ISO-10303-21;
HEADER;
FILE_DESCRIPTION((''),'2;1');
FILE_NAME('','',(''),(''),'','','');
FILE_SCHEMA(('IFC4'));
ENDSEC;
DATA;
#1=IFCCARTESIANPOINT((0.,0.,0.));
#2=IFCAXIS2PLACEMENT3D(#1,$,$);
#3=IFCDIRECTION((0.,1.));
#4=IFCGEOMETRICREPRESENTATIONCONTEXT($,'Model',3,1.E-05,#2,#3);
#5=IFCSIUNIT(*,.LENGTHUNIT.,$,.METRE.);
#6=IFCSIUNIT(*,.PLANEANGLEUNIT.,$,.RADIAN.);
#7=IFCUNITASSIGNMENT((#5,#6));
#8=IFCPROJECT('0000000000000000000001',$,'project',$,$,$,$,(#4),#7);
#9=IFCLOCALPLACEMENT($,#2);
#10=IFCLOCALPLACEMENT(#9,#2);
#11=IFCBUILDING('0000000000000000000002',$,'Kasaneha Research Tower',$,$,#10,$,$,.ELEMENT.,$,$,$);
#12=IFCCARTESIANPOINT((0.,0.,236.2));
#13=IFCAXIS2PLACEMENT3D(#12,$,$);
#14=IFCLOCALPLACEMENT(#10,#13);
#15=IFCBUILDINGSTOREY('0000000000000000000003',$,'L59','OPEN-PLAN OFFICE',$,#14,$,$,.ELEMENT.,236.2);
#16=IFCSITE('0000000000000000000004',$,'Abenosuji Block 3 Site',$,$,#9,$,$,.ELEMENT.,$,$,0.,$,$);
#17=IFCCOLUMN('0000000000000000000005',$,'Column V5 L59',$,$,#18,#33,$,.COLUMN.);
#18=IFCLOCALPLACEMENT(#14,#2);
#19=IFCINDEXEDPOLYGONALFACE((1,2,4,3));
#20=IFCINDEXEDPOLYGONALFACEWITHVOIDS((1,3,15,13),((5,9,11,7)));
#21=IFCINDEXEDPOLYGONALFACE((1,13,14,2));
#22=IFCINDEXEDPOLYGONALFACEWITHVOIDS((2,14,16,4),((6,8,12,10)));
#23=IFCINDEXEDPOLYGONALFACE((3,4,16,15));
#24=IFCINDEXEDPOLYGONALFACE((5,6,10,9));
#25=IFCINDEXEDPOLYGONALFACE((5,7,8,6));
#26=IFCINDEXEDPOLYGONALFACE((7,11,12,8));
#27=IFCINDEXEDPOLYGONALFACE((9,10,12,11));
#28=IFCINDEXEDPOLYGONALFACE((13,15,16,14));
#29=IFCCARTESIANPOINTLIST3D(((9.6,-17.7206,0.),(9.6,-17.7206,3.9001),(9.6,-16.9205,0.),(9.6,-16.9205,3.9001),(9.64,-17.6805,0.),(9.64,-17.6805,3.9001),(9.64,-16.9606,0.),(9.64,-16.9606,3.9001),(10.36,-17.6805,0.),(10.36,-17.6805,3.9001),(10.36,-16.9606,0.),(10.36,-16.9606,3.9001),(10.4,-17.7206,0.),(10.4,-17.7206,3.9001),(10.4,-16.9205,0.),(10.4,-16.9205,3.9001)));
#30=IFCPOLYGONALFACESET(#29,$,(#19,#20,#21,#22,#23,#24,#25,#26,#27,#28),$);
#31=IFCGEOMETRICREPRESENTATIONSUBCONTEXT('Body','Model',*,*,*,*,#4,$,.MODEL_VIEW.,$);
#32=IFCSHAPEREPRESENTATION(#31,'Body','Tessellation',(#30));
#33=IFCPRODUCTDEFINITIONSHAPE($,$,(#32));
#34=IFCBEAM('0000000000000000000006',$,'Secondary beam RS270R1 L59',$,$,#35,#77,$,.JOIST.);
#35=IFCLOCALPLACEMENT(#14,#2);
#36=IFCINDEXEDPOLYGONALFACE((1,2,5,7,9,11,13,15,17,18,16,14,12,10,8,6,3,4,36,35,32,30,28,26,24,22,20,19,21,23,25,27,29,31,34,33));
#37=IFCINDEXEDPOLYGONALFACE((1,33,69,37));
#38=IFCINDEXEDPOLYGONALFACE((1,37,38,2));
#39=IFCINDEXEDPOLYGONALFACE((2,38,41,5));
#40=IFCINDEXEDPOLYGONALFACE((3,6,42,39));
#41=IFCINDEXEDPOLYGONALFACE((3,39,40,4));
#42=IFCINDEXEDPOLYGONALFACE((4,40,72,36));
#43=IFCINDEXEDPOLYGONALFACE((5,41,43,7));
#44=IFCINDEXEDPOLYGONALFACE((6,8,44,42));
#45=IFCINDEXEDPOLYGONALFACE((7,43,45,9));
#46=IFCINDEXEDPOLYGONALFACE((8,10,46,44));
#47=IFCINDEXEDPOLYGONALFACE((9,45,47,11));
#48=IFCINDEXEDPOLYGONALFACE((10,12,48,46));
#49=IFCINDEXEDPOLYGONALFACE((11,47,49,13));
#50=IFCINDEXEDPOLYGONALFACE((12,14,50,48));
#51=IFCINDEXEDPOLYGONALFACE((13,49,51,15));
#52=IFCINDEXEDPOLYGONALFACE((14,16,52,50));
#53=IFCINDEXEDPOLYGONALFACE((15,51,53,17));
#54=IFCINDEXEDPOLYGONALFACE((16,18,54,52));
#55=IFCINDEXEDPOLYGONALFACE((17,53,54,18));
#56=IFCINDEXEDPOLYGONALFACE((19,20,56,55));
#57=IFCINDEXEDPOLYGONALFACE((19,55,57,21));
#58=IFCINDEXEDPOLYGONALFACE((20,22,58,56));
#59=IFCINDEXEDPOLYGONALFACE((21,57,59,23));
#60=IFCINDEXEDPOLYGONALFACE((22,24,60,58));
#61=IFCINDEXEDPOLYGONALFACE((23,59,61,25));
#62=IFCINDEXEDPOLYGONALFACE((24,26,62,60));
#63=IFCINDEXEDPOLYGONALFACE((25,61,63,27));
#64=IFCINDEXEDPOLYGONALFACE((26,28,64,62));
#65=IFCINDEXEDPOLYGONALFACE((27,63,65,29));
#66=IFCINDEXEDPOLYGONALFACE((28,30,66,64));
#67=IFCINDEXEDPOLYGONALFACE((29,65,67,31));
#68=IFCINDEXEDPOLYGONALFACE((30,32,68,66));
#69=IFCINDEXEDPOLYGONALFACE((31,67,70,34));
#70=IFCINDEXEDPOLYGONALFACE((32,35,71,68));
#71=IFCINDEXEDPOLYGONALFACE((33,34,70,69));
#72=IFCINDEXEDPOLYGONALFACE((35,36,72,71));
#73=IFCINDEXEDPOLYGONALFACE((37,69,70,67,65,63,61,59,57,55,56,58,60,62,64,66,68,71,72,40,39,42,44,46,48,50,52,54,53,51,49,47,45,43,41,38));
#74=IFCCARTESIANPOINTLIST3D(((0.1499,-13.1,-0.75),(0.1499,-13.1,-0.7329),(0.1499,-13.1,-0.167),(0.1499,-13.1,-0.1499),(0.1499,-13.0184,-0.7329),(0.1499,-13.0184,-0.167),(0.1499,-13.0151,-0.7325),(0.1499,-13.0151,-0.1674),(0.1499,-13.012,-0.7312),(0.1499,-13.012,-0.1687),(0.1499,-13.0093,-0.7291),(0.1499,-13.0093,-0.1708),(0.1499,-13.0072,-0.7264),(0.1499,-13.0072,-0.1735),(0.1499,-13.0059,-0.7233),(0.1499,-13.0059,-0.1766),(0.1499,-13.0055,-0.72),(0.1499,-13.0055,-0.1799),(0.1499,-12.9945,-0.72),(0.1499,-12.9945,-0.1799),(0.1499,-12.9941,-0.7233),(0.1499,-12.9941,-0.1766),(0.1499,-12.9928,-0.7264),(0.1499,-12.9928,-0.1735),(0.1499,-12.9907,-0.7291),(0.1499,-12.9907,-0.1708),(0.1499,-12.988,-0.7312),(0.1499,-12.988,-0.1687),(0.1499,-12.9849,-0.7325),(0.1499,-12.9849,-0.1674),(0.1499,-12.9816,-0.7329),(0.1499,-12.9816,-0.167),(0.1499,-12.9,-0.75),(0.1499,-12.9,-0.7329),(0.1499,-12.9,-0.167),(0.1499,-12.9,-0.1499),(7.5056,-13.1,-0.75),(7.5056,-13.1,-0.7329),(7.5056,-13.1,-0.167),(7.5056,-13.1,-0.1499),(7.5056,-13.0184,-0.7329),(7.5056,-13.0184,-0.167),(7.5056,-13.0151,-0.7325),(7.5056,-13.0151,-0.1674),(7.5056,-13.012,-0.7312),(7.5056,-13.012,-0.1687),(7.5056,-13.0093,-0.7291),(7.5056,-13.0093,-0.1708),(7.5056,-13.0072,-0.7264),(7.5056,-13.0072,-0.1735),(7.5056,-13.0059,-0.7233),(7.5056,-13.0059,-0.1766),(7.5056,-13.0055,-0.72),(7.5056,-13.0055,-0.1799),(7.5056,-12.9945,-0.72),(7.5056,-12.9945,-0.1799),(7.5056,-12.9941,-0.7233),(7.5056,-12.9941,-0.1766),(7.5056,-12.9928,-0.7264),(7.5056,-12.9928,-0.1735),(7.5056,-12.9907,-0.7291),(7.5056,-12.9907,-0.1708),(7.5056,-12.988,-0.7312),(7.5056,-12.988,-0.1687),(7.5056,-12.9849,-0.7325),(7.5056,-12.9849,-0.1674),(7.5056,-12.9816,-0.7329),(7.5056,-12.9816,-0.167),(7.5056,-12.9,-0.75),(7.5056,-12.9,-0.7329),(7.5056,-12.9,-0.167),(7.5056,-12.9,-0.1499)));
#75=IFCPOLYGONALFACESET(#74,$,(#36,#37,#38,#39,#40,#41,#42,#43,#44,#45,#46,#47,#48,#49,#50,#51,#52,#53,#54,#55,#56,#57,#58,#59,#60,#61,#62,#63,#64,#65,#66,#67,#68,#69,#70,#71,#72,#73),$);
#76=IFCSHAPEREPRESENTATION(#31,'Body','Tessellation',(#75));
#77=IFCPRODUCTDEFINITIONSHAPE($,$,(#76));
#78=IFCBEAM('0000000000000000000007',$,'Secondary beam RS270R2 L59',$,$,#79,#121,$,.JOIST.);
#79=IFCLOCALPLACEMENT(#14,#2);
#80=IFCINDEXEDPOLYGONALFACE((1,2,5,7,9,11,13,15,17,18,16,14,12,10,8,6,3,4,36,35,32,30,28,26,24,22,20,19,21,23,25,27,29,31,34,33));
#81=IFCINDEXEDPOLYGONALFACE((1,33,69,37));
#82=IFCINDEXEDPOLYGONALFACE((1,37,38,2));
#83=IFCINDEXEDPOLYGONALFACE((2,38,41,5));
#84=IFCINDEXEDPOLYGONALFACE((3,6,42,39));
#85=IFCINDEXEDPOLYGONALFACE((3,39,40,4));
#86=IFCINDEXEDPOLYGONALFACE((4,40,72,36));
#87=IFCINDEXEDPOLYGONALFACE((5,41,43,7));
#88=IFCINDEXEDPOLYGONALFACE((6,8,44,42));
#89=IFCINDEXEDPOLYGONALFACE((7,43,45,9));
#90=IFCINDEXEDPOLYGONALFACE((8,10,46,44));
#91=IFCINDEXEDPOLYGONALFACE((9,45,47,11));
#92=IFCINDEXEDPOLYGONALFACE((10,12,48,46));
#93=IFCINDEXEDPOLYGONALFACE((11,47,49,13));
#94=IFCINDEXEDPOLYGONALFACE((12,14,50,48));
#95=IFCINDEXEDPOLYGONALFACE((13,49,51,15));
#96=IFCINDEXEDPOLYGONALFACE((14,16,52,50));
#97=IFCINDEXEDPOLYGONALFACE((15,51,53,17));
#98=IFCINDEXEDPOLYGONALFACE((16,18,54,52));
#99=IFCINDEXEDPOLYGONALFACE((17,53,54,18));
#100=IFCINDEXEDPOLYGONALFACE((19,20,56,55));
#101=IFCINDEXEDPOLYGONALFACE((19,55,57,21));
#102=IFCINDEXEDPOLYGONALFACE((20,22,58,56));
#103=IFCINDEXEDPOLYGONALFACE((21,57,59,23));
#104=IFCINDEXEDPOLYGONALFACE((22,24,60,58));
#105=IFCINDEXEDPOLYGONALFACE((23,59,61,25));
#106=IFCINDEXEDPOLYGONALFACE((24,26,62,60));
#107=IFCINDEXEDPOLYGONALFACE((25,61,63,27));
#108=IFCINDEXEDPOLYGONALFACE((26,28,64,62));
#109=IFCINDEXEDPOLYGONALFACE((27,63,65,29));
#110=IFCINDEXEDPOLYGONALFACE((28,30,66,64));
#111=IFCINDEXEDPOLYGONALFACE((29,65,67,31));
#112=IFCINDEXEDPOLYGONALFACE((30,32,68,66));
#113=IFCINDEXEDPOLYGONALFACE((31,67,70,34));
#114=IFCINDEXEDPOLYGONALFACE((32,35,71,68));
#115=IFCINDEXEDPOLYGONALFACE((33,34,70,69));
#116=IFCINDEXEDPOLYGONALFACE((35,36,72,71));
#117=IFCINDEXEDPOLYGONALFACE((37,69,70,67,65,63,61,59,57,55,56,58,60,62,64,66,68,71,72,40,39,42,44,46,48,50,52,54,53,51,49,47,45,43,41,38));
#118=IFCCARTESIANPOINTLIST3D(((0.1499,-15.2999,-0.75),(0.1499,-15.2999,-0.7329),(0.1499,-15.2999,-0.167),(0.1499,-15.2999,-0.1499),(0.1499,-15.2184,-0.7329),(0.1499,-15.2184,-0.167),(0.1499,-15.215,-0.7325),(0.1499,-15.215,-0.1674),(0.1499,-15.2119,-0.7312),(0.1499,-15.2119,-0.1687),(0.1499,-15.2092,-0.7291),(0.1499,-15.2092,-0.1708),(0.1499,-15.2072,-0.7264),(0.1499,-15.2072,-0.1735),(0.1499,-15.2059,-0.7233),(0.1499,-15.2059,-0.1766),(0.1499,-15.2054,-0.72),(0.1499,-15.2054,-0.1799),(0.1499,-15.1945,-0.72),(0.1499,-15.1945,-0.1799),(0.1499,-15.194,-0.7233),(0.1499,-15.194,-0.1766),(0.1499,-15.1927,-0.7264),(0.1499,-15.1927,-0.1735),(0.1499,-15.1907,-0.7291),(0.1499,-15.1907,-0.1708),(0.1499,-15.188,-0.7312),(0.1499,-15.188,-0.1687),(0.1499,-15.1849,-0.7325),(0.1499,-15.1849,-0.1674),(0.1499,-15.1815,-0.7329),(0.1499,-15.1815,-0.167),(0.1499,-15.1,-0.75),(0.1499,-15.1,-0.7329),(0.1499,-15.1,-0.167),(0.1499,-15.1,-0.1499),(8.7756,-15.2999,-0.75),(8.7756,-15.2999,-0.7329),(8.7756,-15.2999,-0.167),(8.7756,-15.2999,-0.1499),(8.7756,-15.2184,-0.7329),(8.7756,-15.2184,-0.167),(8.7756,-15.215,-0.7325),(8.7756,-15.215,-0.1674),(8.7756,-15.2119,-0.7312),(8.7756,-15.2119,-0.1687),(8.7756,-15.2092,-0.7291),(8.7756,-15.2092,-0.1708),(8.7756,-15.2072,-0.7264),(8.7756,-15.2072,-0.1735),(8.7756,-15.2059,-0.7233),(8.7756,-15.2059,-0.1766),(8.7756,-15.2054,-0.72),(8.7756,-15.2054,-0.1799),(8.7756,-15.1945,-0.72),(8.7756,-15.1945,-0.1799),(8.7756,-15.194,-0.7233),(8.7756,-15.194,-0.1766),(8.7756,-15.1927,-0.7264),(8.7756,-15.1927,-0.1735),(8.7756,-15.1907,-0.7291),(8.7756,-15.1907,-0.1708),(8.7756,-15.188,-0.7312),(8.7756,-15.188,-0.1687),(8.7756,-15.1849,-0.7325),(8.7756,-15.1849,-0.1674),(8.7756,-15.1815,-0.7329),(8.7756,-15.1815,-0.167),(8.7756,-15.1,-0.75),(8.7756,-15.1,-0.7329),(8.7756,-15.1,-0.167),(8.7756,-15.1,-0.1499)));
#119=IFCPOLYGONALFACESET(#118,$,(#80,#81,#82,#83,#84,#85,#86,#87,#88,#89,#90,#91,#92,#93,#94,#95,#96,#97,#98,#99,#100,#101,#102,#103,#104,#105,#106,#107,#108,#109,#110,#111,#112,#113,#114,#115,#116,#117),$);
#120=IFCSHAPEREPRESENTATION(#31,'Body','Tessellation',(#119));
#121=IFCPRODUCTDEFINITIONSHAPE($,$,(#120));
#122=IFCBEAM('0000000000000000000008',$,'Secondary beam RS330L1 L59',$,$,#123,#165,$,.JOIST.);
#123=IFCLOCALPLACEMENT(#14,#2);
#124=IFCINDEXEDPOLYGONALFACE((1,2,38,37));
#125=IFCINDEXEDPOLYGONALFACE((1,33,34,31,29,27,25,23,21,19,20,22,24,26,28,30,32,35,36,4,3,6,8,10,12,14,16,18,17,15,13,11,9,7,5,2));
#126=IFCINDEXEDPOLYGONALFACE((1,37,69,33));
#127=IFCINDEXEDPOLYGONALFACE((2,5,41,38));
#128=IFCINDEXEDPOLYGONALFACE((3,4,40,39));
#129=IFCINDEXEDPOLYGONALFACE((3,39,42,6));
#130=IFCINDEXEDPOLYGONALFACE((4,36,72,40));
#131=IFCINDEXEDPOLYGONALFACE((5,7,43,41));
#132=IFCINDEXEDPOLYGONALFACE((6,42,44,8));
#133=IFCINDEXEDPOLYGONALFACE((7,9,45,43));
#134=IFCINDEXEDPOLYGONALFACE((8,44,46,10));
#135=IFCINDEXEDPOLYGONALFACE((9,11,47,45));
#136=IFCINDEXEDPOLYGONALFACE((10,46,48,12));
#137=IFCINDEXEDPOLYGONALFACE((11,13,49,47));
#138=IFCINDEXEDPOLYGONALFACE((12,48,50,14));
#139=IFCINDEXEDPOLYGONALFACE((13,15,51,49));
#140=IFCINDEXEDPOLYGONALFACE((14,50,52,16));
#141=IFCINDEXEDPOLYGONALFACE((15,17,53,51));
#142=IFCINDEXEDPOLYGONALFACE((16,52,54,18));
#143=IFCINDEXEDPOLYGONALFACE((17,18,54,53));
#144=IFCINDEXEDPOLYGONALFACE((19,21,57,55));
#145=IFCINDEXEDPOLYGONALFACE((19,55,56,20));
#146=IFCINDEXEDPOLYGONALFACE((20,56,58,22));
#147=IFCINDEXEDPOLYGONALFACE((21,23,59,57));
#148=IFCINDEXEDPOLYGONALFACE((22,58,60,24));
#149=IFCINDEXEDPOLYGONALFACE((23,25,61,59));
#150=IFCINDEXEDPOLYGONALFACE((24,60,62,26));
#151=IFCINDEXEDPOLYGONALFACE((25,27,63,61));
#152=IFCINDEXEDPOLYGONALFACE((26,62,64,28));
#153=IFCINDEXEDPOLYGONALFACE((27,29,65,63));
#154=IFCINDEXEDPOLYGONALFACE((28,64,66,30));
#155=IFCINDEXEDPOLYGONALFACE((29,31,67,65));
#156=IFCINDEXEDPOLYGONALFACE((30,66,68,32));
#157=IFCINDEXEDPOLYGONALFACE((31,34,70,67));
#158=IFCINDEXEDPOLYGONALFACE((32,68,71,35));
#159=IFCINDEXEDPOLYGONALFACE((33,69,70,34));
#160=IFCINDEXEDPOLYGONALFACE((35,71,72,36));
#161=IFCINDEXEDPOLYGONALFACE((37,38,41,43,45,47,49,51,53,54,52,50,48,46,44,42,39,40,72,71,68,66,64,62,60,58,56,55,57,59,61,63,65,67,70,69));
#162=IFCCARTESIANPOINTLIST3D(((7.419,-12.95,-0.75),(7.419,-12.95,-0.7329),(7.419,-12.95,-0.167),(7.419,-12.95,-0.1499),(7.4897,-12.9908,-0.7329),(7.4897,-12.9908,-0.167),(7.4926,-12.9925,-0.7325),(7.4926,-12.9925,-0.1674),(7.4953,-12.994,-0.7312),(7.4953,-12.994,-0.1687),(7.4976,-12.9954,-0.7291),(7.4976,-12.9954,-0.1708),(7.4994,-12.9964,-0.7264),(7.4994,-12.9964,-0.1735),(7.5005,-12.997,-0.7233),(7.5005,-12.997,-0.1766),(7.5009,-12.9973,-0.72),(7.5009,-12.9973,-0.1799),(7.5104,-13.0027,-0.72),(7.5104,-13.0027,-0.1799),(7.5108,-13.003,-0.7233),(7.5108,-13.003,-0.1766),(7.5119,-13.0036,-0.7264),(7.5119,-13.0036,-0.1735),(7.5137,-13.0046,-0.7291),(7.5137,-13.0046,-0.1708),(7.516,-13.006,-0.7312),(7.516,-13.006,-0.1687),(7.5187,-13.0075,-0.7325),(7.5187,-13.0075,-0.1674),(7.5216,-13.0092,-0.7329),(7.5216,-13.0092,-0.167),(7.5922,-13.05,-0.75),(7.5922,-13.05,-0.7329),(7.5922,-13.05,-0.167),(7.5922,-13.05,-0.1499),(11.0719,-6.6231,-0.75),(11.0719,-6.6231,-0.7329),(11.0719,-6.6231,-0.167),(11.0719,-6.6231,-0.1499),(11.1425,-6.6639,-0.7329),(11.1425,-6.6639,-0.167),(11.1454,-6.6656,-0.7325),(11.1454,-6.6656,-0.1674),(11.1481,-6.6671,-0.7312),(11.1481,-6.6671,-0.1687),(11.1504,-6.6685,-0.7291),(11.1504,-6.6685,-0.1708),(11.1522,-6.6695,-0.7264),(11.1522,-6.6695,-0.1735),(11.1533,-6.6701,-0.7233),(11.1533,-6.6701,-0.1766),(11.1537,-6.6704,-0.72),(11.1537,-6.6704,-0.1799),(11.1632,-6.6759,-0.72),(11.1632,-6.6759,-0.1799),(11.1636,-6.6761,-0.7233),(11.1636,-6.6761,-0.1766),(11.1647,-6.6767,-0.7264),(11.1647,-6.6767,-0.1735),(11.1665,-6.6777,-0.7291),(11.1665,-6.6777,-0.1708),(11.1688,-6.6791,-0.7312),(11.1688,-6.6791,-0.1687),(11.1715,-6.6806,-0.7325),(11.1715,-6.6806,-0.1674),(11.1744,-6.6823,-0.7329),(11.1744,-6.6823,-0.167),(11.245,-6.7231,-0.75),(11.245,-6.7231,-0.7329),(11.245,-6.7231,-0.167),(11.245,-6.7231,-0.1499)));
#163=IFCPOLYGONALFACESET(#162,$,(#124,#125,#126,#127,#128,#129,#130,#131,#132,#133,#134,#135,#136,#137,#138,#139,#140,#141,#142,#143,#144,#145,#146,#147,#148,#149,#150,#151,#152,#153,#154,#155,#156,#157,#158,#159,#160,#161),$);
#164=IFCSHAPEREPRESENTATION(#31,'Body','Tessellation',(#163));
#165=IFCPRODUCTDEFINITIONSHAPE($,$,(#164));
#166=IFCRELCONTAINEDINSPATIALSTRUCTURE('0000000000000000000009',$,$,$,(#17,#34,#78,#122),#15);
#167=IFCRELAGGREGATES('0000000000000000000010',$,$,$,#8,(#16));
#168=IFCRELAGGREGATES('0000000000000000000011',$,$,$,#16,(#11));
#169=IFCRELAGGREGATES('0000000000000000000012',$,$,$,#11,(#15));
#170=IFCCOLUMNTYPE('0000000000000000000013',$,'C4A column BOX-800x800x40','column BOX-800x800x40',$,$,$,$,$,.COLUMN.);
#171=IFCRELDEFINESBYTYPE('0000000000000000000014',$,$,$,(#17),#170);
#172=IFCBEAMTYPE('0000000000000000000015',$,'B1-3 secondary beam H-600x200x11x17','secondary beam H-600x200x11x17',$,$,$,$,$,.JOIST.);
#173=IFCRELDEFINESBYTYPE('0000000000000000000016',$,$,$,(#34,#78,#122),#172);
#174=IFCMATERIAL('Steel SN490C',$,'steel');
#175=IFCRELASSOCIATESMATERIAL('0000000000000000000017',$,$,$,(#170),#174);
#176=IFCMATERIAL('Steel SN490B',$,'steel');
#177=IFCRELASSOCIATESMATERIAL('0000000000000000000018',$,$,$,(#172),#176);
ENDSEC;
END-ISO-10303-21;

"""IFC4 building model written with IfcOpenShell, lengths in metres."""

from ifc_helpers import new_model, si_unit, direction, frame, origin, origin_2d, place, context, subcontext, project, spatial, hollow_rectangle, i_section, extrude, material, material_profile, profile_set, type_object, element, save


model = new_model("IFC4")

# Units and contexts
model_context = context("Model", 3, precision=1e-05, world=origin(), true_north=direction((0.0, 1.0)))
body_context = subcontext(model_context, "Body", "Model", "MODEL_VIEW")
ifc_project = project(units=[si_unit("LENGTHUNIT", "METRE"), si_unit("PLANEANGLEUNIT", "RADIAN")], contexts=[model_context])

# Site, building, storey
site_placement = place(None, origin())
site = spatial("IfcSite", under=ifc_project, at=site_placement, Name="Abenosuji Block 3 Site", CompositionType="ELEMENT", RefElevation=0.0)
building_placement = place(site_placement, origin())
building = spatial("IfcBuilding", under=site, at=building_placement, Name="Kasaneha Research Tower", CompositionType="ELEMENT")
storey_placement = place(building_placement, frame((0.0, 0.0, 236.2)))
storey = spatial("IfcBuildingStorey", under=building, at=storey_placement, Name="L59", Description="OPEN-PLAN OFFICE", CompositionType="ELEMENT", Elevation=236.2)

# Column
ifc_material_1 = material(Name="Steel SN490C", Category="steel")
ifc_material_profile_1 = material_profile(ifc_material_1, hollow_rectangle(XDim=0.8, YDim=0.8, WallThickness=0.04, at=origin_2d()), Name="BOX-800x800x40")
ifc_profile_set_1 = profile_set([ifc_material_profile_1], Name="Steel SN490C")
column_type = type_object("IfcColumnType", Name="C4A column BOX-800x800x40", Description="column BOX-800x800x40", PredefinedType="COLUMN", material=ifc_profile_set_1)
column_placement = place(storey_placement, frame((10.0, -17.3206, 0.0), z_axis=(0.0, 0.0, 1.0), x_axis=(1.0, 0.0, 0.0)))
element("IfcColumn", 1, at=column_placement, inside=storey, type_object=column_type, Name="Column V5 L59", PredefinedType="COLUMN", context=body_context, shape_type="SweptSolid", body=[
    extrude(hollow_rectangle(XDim=0.8, YDim=0.8, WallThickness=0.04, at=origin_2d()), origin(), (0.0, 0.0, 1.0), 3.9001),
])

# Beams
ifc_material_2 = material(Name="Steel SN490B", Category="steel")
ifc_material_profile_2 = material_profile(ifc_material_2, i_section(OverallWidth=0.2, OverallDepth=0.6001, WebThickness=0.011, FlangeThickness=0.0171, FilletRadius=0.0129, at=origin_2d()), Name="H-600x200x11x17")
ifc_profile_set_2 = profile_set([ifc_material_profile_2], Name="Steel SN490B")
beam_type_1 = type_object("IfcBeamType", Name="B1-3 secondary beam H-600x200x11x17", Description="secondary beam H-600x200x11x17", PredefinedType="JOIST", material=ifc_profile_set_2)
beam_1_placement = place(storey_placement, frame((7.5056, -13.0, -0.45), z_axis=(-1.0, 0.0, 0.0), x_axis=(0.0, -1.0, 0.0)))
element("IfcBeam", 2, at=beam_1_placement, inside=storey, type_object=beam_type_1, Name="Secondary beam RS270R1 L59", PredefinedType="JOIST", context=body_context, shape_type="SweptSolid", body=[
    extrude(i_section(OverallWidth=0.2, OverallDepth=0.6001, WebThickness=0.011, FlangeThickness=0.0171, FilletRadius=0.0129, at=origin_2d()), origin(), (0.0, 0.0, 1.0), 7.3557),
])
beam_2_placement = place(storey_placement, frame((8.7756, -15.2, -0.45), z_axis=(-1.0, 0.0, 0.0), x_axis=(0.0, -1.0, 0.0)))
element("IfcBeam", 3, at=beam_2_placement, inside=storey, type_object=beam_type_1, Name="Secondary beam RS270R2 L59", PredefinedType="JOIST", context=body_context, shape_type="SweptSolid", body=[
    extrude(i_section(OverallWidth=0.2, OverallDepth=0.6001, WebThickness=0.011, FlangeThickness=0.0171, FilletRadius=0.0129, at=origin_2d()), origin(), (0.0, 0.0, 1.0), 8.6257),
])
beam_3_placement = place(storey_placement, frame((7.5056, -13.0, -0.45), z_axis=(0.499999, 0.866026, 0.0), x_axis=(-0.866026, 0.499999, 0.0)))
element("IfcBeam", 4, at=beam_3_placement, inside=storey, type_object=beam_type_1, Name="Secondary beam RS330L1 L59", PredefinedType="JOIST", context=body_context, shape_type="SweptSolid", body=[
    extrude(i_section(OverallWidth=0.2, OverallDepth=0.6001, WebThickness=0.011, FlangeThickness=0.0171, FilletRadius=0.0129, at=origin_2d()), origin(), (0.0, 0.0, 1.0), 7.3057),
])

save(model, "model.ifc")
